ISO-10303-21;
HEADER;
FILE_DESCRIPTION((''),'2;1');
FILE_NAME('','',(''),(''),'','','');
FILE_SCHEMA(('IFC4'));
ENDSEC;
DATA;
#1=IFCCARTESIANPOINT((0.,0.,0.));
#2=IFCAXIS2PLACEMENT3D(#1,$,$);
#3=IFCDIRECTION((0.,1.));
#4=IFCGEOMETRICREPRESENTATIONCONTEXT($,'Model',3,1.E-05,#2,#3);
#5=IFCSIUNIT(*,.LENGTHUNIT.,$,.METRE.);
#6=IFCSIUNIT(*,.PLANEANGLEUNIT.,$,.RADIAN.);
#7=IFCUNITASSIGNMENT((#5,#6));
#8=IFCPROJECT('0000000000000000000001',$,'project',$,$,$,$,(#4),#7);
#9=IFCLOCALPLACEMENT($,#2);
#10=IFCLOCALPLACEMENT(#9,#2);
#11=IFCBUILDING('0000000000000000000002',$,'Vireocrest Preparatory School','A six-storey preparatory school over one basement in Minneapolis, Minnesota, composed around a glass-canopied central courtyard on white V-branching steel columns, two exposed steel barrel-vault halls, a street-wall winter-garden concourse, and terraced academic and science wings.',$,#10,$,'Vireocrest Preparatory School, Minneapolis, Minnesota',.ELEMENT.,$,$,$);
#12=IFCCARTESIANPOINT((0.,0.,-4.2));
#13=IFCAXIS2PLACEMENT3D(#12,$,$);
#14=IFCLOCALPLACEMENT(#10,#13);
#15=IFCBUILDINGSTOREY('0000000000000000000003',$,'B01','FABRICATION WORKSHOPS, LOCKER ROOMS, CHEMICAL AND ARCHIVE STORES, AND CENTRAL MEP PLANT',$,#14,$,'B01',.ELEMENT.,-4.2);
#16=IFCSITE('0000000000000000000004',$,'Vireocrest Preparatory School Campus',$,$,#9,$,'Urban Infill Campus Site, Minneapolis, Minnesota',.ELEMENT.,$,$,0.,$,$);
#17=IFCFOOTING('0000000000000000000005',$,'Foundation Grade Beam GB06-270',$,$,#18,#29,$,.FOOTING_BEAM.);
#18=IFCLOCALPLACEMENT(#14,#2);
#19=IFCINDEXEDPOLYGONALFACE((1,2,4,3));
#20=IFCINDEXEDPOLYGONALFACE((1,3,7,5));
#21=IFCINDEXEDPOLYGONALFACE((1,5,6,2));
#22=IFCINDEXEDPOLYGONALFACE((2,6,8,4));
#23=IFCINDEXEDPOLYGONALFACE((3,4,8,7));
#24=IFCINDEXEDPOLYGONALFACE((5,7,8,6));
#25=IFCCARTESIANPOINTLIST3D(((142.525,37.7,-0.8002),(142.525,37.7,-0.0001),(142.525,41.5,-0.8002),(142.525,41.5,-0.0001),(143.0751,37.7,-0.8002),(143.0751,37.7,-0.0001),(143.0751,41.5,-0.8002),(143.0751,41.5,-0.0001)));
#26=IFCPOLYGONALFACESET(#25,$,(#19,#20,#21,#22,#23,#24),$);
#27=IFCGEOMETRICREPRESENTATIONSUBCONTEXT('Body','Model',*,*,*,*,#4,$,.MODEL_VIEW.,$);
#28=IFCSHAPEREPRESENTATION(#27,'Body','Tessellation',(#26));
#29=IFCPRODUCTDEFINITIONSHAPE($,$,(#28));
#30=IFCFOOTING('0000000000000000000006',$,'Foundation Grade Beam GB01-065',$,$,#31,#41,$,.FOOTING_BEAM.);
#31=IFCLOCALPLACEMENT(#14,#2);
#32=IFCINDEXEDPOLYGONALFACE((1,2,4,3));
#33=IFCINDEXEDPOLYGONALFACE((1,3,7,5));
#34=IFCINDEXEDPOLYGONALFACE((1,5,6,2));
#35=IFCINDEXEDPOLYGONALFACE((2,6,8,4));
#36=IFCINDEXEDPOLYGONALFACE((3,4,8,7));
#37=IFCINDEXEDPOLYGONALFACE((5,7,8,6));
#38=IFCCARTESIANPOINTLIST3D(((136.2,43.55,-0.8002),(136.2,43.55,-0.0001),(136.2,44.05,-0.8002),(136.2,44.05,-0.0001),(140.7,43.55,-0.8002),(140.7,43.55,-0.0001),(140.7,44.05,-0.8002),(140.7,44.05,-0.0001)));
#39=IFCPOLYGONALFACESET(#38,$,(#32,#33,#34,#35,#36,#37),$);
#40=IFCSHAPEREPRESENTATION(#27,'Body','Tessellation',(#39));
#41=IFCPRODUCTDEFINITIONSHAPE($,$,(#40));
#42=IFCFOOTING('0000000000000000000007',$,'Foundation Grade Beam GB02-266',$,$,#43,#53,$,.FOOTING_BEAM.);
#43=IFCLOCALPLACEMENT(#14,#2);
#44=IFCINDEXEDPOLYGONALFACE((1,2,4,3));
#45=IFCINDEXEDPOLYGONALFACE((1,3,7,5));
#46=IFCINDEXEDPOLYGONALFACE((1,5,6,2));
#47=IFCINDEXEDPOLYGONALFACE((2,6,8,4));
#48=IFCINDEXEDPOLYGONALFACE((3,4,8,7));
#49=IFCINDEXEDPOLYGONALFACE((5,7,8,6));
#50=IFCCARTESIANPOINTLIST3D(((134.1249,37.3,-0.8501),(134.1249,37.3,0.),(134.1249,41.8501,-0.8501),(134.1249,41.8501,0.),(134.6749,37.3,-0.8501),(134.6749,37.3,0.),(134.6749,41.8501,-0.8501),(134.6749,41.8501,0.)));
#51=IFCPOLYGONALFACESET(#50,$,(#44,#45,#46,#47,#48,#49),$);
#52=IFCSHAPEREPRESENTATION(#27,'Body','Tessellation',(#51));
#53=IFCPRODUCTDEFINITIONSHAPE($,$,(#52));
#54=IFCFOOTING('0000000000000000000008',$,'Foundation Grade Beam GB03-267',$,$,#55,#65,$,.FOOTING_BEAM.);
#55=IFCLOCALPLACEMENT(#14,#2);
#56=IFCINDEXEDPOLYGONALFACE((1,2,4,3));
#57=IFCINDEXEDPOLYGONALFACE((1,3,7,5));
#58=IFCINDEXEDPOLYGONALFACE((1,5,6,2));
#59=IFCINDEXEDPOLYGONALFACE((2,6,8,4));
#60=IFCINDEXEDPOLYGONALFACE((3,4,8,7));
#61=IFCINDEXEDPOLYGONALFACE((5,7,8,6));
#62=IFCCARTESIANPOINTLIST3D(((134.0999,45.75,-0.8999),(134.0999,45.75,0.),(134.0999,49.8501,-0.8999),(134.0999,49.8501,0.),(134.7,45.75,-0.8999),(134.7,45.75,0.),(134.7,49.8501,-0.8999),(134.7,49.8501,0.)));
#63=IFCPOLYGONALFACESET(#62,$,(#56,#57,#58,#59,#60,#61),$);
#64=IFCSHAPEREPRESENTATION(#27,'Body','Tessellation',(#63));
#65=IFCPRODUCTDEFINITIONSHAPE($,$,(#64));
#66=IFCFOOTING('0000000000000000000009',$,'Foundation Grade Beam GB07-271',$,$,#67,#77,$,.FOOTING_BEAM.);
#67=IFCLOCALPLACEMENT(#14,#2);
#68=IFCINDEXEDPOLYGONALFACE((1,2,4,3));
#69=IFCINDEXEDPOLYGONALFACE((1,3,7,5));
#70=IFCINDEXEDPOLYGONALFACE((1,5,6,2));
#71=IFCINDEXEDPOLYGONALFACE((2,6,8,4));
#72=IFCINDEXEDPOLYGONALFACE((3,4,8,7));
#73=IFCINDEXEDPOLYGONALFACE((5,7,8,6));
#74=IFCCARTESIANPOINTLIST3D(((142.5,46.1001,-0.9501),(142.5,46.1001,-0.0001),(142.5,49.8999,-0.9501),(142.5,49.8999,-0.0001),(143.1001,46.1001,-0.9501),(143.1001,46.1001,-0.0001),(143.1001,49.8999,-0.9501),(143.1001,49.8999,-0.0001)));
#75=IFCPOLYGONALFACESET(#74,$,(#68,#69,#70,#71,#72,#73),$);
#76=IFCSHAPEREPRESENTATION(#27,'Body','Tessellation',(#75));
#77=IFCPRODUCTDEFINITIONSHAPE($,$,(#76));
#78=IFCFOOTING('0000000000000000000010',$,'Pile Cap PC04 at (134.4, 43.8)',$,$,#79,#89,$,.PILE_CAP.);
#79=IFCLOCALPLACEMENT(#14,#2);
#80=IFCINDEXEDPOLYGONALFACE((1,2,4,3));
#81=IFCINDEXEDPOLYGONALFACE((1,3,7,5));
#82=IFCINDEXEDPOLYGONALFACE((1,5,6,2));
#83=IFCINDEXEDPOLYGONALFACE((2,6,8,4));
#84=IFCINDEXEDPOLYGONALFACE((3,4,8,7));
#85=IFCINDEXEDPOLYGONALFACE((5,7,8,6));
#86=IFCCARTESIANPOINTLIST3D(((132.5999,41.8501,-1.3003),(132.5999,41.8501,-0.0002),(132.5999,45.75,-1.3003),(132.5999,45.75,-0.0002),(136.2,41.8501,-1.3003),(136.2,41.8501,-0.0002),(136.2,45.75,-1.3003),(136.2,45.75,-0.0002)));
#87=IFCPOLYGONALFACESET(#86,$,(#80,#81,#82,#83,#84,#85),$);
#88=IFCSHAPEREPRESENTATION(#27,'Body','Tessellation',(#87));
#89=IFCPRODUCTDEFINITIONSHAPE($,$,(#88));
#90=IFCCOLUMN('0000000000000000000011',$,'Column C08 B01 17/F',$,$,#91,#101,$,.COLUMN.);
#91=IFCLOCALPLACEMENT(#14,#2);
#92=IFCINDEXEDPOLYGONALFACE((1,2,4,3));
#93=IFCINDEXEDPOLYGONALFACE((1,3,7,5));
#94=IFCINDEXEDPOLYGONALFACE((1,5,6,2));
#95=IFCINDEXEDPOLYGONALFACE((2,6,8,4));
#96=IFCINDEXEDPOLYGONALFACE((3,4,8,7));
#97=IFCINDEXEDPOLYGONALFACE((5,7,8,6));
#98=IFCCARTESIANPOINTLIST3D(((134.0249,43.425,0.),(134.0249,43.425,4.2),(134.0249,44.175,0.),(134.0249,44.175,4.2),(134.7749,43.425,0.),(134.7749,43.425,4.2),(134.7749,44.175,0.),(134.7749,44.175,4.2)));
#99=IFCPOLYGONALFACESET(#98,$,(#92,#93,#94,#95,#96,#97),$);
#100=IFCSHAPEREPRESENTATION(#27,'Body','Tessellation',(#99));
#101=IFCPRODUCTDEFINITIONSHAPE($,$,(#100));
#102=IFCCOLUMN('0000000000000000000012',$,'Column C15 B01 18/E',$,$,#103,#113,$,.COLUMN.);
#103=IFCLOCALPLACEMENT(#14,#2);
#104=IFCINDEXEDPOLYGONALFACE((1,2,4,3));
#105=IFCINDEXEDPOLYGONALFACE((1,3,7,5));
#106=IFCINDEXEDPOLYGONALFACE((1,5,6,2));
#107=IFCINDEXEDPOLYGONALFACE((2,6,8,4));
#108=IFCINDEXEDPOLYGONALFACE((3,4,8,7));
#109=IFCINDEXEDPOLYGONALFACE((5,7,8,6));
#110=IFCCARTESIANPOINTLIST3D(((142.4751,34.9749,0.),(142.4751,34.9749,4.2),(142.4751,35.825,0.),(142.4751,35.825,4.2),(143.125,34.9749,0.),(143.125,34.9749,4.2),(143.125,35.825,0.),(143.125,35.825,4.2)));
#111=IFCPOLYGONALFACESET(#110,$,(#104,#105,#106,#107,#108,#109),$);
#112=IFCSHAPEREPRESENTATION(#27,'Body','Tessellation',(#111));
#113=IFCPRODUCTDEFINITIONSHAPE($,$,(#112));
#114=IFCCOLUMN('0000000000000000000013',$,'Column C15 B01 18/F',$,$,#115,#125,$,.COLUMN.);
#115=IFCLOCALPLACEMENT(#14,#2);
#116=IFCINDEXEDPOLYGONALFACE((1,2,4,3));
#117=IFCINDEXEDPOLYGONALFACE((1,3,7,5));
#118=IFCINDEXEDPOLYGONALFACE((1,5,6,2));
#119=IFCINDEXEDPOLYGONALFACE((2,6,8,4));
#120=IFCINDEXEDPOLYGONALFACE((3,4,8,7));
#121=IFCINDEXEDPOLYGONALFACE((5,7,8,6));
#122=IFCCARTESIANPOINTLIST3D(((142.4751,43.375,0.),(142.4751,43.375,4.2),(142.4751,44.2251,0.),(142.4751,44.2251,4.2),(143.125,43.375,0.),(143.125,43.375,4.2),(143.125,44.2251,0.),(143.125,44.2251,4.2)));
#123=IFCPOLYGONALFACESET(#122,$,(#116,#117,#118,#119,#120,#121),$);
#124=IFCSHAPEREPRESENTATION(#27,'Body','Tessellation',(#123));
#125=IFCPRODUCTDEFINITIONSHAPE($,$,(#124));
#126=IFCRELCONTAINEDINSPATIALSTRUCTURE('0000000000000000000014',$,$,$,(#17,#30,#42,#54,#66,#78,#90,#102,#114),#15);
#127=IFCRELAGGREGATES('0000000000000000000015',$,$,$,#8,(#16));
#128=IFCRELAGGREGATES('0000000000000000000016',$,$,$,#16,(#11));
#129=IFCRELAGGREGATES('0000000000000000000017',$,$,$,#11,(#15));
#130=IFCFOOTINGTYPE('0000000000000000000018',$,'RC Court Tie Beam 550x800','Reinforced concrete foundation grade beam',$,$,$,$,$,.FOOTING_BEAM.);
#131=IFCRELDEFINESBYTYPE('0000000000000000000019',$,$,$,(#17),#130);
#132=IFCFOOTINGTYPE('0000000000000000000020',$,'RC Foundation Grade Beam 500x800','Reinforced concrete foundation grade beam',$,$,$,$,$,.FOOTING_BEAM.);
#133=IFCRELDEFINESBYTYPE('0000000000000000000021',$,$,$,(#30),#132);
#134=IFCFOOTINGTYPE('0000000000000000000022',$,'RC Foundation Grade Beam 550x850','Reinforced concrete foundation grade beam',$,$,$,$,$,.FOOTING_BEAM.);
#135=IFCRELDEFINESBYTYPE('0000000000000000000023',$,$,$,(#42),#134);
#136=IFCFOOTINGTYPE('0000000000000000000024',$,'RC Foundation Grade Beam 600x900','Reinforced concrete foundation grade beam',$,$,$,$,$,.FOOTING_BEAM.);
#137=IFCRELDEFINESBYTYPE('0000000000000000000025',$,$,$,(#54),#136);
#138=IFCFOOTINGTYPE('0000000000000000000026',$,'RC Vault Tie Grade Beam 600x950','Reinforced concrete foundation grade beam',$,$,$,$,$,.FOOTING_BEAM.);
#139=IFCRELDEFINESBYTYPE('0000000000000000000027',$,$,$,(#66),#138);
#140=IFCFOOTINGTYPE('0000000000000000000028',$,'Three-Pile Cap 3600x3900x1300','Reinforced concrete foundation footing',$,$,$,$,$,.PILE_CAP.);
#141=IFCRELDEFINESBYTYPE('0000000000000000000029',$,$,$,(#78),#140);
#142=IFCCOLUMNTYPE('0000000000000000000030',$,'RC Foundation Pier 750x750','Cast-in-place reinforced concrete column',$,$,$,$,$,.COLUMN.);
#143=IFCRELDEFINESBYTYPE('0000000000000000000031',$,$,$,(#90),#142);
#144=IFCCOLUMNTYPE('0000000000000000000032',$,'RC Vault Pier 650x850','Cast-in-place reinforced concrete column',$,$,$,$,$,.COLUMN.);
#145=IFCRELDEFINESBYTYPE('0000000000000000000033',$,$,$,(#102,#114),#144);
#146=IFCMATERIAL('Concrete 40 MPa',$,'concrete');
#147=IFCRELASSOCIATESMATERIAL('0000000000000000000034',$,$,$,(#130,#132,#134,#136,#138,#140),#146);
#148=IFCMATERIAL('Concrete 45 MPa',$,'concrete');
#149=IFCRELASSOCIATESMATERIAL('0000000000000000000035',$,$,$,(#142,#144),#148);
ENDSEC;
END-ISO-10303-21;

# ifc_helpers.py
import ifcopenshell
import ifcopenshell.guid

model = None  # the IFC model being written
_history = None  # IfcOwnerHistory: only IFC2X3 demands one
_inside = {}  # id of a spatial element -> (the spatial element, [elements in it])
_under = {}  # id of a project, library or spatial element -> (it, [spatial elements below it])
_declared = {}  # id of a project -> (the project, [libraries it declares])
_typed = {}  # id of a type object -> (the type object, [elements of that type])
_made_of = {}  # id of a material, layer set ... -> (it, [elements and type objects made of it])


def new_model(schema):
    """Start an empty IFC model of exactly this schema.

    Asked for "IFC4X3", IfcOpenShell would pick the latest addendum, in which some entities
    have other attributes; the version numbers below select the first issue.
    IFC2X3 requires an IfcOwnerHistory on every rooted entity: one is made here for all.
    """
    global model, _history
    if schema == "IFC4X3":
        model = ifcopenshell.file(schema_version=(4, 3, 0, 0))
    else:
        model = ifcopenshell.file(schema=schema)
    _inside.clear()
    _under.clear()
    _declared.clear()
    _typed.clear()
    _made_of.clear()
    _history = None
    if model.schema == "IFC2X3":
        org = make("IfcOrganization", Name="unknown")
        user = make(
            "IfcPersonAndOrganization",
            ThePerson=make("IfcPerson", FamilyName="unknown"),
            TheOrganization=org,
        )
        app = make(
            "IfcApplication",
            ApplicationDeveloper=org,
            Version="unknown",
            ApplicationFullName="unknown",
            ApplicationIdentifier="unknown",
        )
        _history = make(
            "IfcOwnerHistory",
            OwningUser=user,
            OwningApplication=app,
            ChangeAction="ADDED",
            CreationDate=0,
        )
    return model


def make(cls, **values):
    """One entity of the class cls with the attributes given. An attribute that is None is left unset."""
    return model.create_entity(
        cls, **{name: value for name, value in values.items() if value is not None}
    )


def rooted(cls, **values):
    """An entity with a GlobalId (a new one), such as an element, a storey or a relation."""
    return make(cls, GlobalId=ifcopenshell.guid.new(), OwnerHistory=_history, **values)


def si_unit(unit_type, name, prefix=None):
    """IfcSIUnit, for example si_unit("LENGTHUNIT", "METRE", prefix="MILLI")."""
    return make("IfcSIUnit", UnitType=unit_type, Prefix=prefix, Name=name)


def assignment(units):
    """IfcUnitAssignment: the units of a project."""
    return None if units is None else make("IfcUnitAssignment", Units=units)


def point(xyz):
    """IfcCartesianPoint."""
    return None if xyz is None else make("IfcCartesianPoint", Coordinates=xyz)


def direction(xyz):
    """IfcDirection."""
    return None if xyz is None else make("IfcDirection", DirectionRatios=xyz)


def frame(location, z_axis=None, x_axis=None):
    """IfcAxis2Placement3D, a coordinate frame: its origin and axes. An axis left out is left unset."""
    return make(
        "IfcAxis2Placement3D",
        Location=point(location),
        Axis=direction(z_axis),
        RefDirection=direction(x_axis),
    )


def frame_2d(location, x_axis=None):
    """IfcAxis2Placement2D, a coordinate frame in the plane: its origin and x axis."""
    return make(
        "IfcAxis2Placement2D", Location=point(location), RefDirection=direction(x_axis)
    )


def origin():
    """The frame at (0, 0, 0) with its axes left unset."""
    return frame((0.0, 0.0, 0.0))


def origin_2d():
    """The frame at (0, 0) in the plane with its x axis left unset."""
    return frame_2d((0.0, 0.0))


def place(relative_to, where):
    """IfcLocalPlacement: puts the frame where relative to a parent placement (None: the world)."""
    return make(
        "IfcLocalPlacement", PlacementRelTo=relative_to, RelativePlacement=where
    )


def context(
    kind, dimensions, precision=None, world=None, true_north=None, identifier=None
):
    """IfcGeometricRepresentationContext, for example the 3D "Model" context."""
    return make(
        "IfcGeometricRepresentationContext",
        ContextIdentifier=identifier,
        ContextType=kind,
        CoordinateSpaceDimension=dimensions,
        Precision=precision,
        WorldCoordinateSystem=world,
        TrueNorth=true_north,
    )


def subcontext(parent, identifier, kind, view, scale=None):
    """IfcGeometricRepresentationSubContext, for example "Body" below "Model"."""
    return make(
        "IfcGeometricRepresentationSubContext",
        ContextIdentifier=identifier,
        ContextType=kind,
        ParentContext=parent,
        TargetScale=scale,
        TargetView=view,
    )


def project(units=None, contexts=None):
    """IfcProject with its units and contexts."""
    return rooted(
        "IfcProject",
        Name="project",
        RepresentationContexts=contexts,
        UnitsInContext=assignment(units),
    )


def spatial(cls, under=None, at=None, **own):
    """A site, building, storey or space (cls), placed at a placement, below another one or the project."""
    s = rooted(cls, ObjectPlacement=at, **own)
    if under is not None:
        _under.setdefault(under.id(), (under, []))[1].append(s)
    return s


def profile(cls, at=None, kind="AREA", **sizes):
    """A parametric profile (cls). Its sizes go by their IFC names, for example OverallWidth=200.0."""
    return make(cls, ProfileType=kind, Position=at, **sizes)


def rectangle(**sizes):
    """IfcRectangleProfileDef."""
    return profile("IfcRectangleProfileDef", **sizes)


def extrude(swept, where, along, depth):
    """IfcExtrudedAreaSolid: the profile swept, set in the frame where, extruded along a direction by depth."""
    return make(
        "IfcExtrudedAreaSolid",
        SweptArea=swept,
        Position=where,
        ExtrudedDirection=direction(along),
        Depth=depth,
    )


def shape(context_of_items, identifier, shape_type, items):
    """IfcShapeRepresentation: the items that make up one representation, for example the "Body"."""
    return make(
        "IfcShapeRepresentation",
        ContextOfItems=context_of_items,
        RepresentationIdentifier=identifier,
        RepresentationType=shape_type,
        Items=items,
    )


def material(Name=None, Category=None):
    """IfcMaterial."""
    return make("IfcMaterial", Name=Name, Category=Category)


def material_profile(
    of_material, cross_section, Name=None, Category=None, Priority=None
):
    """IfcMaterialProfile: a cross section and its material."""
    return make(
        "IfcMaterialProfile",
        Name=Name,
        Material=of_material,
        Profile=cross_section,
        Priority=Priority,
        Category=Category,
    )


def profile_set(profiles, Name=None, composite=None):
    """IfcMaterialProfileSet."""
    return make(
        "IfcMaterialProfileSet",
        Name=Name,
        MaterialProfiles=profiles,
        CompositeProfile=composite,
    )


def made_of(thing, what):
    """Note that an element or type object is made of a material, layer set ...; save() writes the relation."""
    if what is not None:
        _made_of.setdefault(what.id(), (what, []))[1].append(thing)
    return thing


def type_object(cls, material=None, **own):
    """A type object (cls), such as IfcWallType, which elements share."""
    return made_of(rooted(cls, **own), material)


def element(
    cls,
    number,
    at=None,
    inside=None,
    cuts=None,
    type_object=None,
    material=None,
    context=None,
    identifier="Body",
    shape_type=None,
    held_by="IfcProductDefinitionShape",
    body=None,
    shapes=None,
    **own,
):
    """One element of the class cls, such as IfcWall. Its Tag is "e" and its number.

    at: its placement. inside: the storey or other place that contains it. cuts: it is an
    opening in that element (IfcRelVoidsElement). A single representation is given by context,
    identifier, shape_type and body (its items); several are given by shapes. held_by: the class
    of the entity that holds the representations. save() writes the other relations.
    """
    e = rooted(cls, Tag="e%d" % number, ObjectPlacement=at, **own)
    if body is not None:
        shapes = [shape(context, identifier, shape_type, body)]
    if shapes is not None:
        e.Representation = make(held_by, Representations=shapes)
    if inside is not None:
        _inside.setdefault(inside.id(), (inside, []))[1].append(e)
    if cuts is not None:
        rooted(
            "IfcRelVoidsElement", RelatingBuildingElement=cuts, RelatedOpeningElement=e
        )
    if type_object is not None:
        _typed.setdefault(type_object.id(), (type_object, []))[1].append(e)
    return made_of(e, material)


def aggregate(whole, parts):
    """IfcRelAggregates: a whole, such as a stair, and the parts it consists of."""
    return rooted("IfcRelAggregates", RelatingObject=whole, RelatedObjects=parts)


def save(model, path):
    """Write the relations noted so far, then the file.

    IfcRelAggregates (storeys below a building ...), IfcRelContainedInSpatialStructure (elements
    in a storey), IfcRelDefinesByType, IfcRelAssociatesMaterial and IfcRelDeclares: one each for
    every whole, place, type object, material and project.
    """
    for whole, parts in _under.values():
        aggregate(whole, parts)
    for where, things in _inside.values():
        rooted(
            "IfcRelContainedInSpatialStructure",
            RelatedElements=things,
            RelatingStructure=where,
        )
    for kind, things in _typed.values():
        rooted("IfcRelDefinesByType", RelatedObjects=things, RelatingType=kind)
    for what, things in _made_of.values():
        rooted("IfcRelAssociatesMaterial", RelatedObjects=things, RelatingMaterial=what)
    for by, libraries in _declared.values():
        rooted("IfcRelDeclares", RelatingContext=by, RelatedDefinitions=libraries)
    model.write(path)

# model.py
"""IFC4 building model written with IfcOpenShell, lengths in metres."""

from ifc_helpers import new_model, si_unit, direction, frame, origin, origin_2d, place, context, subcontext, project, spatial, rectangle, extrude, material, material_profile, profile_set, type_object, element, save


model = new_model("IFC4")

# Units and contexts
model_context = context("Model", 3, precision=1e-05, world=origin(), true_north=direction((0.0, 1.0)))
body_context = subcontext(model_context, "Body", "Model", "MODEL_VIEW")
ifc_project = project(units=[si_unit("LENGTHUNIT", "METRE"), si_unit("PLANEANGLEUNIT", "RADIAN")], contexts=[model_context])

# Site, building, storey
site_placement = place(None, origin())
site = spatial("IfcSite", under=ifc_project, at=site_placement, Name="Vireocrest Preparatory School Campus", LongName="Urban Infill Campus Site, Minneapolis, Minnesota", CompositionType="ELEMENT", RefElevation=0.0)
building_placement = place(site_placement, origin())
building = spatial("IfcBuilding", under=site, at=building_placement, Name="Vireocrest Preparatory School", Description="A six-storey preparatory school over one basement in Minneapolis, Minnesota, composed around a glass-canopied central courtyard on white V-branching steel columns, two exposed steel barrel-vault halls, a street-wall winter-garden concourse, and terraced academic and science wings.", LongName="Vireocrest Preparatory School, Minneapolis, Minnesota", CompositionType="ELEMENT")
storey_placement = place(building_placement, frame((0.0, 0.0, -4.2)))
storey = spatial("IfcBuildingStorey", under=building, at=storey_placement, Name="B01", Description="FABRICATION WORKSHOPS, LOCKER ROOMS, CHEMICAL AND ARCHIVE STORES, AND CENTRAL MEP PLANT", LongName="B01", CompositionType="ELEMENT", Elevation=-4.2)

# Shared definitions
ifc_material_1 = material(Name="Concrete 40 MPa", Category="concrete")

# Footings
ifc_material_profile_1 = material_profile(ifc_material_1, rectangle(XDim=0.55, YDim=0.8, at=origin_2d()), Name="GB 550x800")
ifc_profile_set_1 = profile_set([ifc_material_profile_1], Name="Concrete 40 MPa")
footing_type_1 = type_object("IfcFootingType", Name="RC Court Tie Beam 550x800", Description="Reinforced concrete foundation grade beam", PredefinedType="FOOTING_BEAM", material=ifc_profile_set_1)
footing_1_placement = place(storey_placement, frame((142.8, 37.7, -0.4001), z_axis=(0.0, 1.0, 0.0), x_axis=(-1.0, 0.0, 0.0)))
element("IfcFooting", 1, at=footing_1_placement, inside=storey, type_object=footing_type_1, Name="Foundation Grade Beam GB06-270", PredefinedType="FOOTING_BEAM", context=body_context, shape_type="SweptSolid", body=[
    extrude(rectangle(XDim=0.55, YDim=0.8, at=origin_2d()), origin(), (0.0, 0.0, 1.0), 3.8),
])
ifc_material_profile_2 = material_profile(ifc_material_1, rectangle(XDim=0.5, YDim=0.8, at=origin_2d()), Name="GB 500x800")
ifc_profile_set_2 = profile_set([ifc_material_profile_2], Name="Concrete 40 MPa")
footing_type_2 = type_object("IfcFootingType", Name="RC Foundation Grade Beam 500x800", Description="Reinforced concrete foundation grade beam", PredefinedType="FOOTING_BEAM", material=ifc_profile_set_2)
footing_2_placement = place(storey_placement, frame((136.2, 43.8, -0.4001), z_axis=(1.0, 0.0, 0.0), x_axis=(0.0, 1.0, 0.0)))
element("IfcFooting", 2, at=footing_2_placement, inside=storey, type_object=footing_type_2, Name="Foundation Grade Beam GB01-065", PredefinedType="FOOTING_BEAM", context=body_context, shape_type="SweptSolid", body=[
    extrude(rectangle(XDim=0.5, YDim=0.8, at=origin_2d()), origin(), (0.0, 0.0, 1.0), 4.5),
])
ifc_material_profile_3 = material_profile(ifc_material_1, rectangle(XDim=0.55, YDim=0.8501, at=origin_2d()), Name="GB 550x850")
ifc_profile_set_3 = profile_set([ifc_material_profile_3], Name="Concrete 40 MPa")
footing_type_3 = type_object("IfcFootingType", Name="RC Foundation Grade Beam 550x850", Description="Reinforced concrete foundation grade beam", PredefinedType="FOOTING_BEAM", material=ifc_profile_set_3)
footing_3_placement = place(storey_placement, frame((134.3999, 37.3, -0.425), z_axis=(0.0, 1.0, 0.0), x_axis=(-1.0, 0.0, 0.0)))
element("IfcFooting", 3, at=footing_3_placement, inside=storey, type_object=footing_type_3, Name="Foundation Grade Beam GB02-266", PredefinedType="FOOTING_BEAM", context=body_context, shape_type="SweptSolid", body=[
    extrude(rectangle(XDim=0.55, YDim=0.8501, at=origin_2d()), origin(), (0.0, 0.0, 1.0), 4.55),
])
ifc_material_profile_4 = material_profile(ifc_material_1, rectangle(XDim=0.6001, YDim=0.8999, at=origin_2d()), Name="GB 600x900")
ifc_profile_set_4 = profile_set([ifc_material_profile_4], Name="Concrete 40 MPa")
footing_type_4 = type_object("IfcFootingType", Name="RC Foundation Grade Beam 600x900", Description="Reinforced concrete foundation grade beam", PredefinedType="FOOTING_BEAM", material=ifc_profile_set_4)
footing_4_placement = place(storey_placement, frame((134.3999, 45.75, -0.45), z_axis=(0.0, 1.0, 0.0), x_axis=(-1.0, 0.0, 0.0)))
element("IfcFooting", 4, at=footing_4_placement, inside=storey, type_object=footing_type_4, Name="Foundation Grade Beam GB03-267", PredefinedType="FOOTING_BEAM", context=body_context, shape_type="SweptSolid", body=[
    extrude(rectangle(XDim=0.6001, YDim=0.8999, at=origin_2d()), origin(), (0.0, 0.0, 1.0), 4.1001),
])
ifc_material_profile_5 = material_profile(ifc_material_1, rectangle(XDim=0.6001, YDim=0.95, at=origin_2d()), Name="GB 600x950")
ifc_profile_set_5 = profile_set([ifc_material_profile_5], Name="Concrete 40 MPa")
footing_type_5 = type_object("IfcFootingType", Name="RC Vault Tie Grade Beam 600x950", Description="Reinforced concrete foundation grade beam", PredefinedType="FOOTING_BEAM", material=ifc_profile_set_5)
footing_5_placement = place(storey_placement, frame((142.8, 46.1001, -0.4751), z_axis=(0.0, 1.0, 0.0), x_axis=(-1.0, 0.0, 0.0)))
element("IfcFooting", 5, at=footing_5_placement, inside=storey, type_object=footing_type_5, Name="Foundation Grade Beam GB07-271", PredefinedType="FOOTING_BEAM", context=body_context, shape_type="SweptSolid", body=[
    extrude(rectangle(XDim=0.6001, YDim=0.95, at=origin_2d()), origin(), (0.0, 0.0, 1.0), 3.7998),
])
footing_type_6 = type_object("IfcFootingType", Name="Three-Pile Cap 3600x3900x1300", Description="Reinforced concrete foundation footing", PredefinedType="PILE_CAP", material=ifc_material_1)
footing_6_placement = place(storey_placement, frame((134.3999, 43.8, -1.3003), z_axis=(0.0, 0.0, 1.0), x_axis=(1.0, 0.0, 0.0)))
element("IfcFooting", 6, at=footing_6_placement, inside=storey, type_object=footing_type_6, Name="Pile Cap PC04 at (134.4, 43.8)", PredefinedType="PILE_CAP", context=body_context, shape_type="SweptSolid", body=[
    extrude(rectangle(XDim=3.6001, YDim=3.8999, at=origin_2d()), origin(), (0.0, 0.0, 1.0), 1.3),
])

# Columns
ifc_material_2 = material(Name="Concrete 45 MPa", Category="concrete")
ifc_material_profile_6 = material_profile(ifc_material_2, rectangle(XDim=0.75, YDim=0.75, at=origin_2d()), Name="RC 750x750")
ifc_profile_set_6 = profile_set([ifc_material_profile_6], Name="Concrete 45 MPa")
column_type_1 = type_object("IfcColumnType", Name="RC Foundation Pier 750x750", Description="Cast-in-place reinforced concrete column", PredefinedType="COLUMN", material=ifc_profile_set_6)
column_placement = place(storey_placement, frame((134.3999, 43.8, 0.0), z_axis=(0.0, 0.0, 1.0), x_axis=(1.0, 0.0, 0.0)))
element("IfcColumn", 7, at=column_placement, inside=storey, type_object=column_type_1, Name="Column C08 B01 17/F", PredefinedType="COLUMN", context=body_context, shape_type="SweptSolid", body=[
    extrude(rectangle(XDim=0.75, YDim=0.75, at=origin_2d()), origin(), (0.0, 0.0, 1.0), 4.2),
])
ifc_material_profile_7 = material_profile(ifc_material_2, rectangle(XDim=0.6499, YDim=0.8501, at=origin_2d()), Name="RC 650x850")
ifc_profile_set_7 = profile_set([ifc_material_profile_7], Name="Concrete 45 MPa")
column_type_2 = type_object("IfcColumnType", Name="RC Vault Pier 650x850", Description="Cast-in-place reinforced concrete column", PredefinedType="COLUMN", material=ifc_profile_set_7)
for number, where, z_axis, x_axis, name in (
    (8, (142.8, 35.3999, 0.0), (0.0, 0.0, 1.0), (1.0, 0.0, 0.0), "Column C15 B01 18/E"),
    (9, (142.8, 43.8, 0.0), (0.0, 0.0, 1.0), (1.0, 0.0, 0.0), "Column C15 B01 18/F"),
):
    element("IfcColumn", number, at=place(storey_placement, frame(where, z_axis=z_axis, x_axis=x_axis)), inside=storey, type_object=column_type_2, Name=name, PredefinedType="COLUMN", context=body_context, shape_type="SweptSolid", body=[
        extrude(rectangle(XDim=0.6499, YDim=0.8501, at=origin_2d()), origin(), (0.0, 0.0, 1.0), 4.2),
    ])

save(model, "model.ifc")
